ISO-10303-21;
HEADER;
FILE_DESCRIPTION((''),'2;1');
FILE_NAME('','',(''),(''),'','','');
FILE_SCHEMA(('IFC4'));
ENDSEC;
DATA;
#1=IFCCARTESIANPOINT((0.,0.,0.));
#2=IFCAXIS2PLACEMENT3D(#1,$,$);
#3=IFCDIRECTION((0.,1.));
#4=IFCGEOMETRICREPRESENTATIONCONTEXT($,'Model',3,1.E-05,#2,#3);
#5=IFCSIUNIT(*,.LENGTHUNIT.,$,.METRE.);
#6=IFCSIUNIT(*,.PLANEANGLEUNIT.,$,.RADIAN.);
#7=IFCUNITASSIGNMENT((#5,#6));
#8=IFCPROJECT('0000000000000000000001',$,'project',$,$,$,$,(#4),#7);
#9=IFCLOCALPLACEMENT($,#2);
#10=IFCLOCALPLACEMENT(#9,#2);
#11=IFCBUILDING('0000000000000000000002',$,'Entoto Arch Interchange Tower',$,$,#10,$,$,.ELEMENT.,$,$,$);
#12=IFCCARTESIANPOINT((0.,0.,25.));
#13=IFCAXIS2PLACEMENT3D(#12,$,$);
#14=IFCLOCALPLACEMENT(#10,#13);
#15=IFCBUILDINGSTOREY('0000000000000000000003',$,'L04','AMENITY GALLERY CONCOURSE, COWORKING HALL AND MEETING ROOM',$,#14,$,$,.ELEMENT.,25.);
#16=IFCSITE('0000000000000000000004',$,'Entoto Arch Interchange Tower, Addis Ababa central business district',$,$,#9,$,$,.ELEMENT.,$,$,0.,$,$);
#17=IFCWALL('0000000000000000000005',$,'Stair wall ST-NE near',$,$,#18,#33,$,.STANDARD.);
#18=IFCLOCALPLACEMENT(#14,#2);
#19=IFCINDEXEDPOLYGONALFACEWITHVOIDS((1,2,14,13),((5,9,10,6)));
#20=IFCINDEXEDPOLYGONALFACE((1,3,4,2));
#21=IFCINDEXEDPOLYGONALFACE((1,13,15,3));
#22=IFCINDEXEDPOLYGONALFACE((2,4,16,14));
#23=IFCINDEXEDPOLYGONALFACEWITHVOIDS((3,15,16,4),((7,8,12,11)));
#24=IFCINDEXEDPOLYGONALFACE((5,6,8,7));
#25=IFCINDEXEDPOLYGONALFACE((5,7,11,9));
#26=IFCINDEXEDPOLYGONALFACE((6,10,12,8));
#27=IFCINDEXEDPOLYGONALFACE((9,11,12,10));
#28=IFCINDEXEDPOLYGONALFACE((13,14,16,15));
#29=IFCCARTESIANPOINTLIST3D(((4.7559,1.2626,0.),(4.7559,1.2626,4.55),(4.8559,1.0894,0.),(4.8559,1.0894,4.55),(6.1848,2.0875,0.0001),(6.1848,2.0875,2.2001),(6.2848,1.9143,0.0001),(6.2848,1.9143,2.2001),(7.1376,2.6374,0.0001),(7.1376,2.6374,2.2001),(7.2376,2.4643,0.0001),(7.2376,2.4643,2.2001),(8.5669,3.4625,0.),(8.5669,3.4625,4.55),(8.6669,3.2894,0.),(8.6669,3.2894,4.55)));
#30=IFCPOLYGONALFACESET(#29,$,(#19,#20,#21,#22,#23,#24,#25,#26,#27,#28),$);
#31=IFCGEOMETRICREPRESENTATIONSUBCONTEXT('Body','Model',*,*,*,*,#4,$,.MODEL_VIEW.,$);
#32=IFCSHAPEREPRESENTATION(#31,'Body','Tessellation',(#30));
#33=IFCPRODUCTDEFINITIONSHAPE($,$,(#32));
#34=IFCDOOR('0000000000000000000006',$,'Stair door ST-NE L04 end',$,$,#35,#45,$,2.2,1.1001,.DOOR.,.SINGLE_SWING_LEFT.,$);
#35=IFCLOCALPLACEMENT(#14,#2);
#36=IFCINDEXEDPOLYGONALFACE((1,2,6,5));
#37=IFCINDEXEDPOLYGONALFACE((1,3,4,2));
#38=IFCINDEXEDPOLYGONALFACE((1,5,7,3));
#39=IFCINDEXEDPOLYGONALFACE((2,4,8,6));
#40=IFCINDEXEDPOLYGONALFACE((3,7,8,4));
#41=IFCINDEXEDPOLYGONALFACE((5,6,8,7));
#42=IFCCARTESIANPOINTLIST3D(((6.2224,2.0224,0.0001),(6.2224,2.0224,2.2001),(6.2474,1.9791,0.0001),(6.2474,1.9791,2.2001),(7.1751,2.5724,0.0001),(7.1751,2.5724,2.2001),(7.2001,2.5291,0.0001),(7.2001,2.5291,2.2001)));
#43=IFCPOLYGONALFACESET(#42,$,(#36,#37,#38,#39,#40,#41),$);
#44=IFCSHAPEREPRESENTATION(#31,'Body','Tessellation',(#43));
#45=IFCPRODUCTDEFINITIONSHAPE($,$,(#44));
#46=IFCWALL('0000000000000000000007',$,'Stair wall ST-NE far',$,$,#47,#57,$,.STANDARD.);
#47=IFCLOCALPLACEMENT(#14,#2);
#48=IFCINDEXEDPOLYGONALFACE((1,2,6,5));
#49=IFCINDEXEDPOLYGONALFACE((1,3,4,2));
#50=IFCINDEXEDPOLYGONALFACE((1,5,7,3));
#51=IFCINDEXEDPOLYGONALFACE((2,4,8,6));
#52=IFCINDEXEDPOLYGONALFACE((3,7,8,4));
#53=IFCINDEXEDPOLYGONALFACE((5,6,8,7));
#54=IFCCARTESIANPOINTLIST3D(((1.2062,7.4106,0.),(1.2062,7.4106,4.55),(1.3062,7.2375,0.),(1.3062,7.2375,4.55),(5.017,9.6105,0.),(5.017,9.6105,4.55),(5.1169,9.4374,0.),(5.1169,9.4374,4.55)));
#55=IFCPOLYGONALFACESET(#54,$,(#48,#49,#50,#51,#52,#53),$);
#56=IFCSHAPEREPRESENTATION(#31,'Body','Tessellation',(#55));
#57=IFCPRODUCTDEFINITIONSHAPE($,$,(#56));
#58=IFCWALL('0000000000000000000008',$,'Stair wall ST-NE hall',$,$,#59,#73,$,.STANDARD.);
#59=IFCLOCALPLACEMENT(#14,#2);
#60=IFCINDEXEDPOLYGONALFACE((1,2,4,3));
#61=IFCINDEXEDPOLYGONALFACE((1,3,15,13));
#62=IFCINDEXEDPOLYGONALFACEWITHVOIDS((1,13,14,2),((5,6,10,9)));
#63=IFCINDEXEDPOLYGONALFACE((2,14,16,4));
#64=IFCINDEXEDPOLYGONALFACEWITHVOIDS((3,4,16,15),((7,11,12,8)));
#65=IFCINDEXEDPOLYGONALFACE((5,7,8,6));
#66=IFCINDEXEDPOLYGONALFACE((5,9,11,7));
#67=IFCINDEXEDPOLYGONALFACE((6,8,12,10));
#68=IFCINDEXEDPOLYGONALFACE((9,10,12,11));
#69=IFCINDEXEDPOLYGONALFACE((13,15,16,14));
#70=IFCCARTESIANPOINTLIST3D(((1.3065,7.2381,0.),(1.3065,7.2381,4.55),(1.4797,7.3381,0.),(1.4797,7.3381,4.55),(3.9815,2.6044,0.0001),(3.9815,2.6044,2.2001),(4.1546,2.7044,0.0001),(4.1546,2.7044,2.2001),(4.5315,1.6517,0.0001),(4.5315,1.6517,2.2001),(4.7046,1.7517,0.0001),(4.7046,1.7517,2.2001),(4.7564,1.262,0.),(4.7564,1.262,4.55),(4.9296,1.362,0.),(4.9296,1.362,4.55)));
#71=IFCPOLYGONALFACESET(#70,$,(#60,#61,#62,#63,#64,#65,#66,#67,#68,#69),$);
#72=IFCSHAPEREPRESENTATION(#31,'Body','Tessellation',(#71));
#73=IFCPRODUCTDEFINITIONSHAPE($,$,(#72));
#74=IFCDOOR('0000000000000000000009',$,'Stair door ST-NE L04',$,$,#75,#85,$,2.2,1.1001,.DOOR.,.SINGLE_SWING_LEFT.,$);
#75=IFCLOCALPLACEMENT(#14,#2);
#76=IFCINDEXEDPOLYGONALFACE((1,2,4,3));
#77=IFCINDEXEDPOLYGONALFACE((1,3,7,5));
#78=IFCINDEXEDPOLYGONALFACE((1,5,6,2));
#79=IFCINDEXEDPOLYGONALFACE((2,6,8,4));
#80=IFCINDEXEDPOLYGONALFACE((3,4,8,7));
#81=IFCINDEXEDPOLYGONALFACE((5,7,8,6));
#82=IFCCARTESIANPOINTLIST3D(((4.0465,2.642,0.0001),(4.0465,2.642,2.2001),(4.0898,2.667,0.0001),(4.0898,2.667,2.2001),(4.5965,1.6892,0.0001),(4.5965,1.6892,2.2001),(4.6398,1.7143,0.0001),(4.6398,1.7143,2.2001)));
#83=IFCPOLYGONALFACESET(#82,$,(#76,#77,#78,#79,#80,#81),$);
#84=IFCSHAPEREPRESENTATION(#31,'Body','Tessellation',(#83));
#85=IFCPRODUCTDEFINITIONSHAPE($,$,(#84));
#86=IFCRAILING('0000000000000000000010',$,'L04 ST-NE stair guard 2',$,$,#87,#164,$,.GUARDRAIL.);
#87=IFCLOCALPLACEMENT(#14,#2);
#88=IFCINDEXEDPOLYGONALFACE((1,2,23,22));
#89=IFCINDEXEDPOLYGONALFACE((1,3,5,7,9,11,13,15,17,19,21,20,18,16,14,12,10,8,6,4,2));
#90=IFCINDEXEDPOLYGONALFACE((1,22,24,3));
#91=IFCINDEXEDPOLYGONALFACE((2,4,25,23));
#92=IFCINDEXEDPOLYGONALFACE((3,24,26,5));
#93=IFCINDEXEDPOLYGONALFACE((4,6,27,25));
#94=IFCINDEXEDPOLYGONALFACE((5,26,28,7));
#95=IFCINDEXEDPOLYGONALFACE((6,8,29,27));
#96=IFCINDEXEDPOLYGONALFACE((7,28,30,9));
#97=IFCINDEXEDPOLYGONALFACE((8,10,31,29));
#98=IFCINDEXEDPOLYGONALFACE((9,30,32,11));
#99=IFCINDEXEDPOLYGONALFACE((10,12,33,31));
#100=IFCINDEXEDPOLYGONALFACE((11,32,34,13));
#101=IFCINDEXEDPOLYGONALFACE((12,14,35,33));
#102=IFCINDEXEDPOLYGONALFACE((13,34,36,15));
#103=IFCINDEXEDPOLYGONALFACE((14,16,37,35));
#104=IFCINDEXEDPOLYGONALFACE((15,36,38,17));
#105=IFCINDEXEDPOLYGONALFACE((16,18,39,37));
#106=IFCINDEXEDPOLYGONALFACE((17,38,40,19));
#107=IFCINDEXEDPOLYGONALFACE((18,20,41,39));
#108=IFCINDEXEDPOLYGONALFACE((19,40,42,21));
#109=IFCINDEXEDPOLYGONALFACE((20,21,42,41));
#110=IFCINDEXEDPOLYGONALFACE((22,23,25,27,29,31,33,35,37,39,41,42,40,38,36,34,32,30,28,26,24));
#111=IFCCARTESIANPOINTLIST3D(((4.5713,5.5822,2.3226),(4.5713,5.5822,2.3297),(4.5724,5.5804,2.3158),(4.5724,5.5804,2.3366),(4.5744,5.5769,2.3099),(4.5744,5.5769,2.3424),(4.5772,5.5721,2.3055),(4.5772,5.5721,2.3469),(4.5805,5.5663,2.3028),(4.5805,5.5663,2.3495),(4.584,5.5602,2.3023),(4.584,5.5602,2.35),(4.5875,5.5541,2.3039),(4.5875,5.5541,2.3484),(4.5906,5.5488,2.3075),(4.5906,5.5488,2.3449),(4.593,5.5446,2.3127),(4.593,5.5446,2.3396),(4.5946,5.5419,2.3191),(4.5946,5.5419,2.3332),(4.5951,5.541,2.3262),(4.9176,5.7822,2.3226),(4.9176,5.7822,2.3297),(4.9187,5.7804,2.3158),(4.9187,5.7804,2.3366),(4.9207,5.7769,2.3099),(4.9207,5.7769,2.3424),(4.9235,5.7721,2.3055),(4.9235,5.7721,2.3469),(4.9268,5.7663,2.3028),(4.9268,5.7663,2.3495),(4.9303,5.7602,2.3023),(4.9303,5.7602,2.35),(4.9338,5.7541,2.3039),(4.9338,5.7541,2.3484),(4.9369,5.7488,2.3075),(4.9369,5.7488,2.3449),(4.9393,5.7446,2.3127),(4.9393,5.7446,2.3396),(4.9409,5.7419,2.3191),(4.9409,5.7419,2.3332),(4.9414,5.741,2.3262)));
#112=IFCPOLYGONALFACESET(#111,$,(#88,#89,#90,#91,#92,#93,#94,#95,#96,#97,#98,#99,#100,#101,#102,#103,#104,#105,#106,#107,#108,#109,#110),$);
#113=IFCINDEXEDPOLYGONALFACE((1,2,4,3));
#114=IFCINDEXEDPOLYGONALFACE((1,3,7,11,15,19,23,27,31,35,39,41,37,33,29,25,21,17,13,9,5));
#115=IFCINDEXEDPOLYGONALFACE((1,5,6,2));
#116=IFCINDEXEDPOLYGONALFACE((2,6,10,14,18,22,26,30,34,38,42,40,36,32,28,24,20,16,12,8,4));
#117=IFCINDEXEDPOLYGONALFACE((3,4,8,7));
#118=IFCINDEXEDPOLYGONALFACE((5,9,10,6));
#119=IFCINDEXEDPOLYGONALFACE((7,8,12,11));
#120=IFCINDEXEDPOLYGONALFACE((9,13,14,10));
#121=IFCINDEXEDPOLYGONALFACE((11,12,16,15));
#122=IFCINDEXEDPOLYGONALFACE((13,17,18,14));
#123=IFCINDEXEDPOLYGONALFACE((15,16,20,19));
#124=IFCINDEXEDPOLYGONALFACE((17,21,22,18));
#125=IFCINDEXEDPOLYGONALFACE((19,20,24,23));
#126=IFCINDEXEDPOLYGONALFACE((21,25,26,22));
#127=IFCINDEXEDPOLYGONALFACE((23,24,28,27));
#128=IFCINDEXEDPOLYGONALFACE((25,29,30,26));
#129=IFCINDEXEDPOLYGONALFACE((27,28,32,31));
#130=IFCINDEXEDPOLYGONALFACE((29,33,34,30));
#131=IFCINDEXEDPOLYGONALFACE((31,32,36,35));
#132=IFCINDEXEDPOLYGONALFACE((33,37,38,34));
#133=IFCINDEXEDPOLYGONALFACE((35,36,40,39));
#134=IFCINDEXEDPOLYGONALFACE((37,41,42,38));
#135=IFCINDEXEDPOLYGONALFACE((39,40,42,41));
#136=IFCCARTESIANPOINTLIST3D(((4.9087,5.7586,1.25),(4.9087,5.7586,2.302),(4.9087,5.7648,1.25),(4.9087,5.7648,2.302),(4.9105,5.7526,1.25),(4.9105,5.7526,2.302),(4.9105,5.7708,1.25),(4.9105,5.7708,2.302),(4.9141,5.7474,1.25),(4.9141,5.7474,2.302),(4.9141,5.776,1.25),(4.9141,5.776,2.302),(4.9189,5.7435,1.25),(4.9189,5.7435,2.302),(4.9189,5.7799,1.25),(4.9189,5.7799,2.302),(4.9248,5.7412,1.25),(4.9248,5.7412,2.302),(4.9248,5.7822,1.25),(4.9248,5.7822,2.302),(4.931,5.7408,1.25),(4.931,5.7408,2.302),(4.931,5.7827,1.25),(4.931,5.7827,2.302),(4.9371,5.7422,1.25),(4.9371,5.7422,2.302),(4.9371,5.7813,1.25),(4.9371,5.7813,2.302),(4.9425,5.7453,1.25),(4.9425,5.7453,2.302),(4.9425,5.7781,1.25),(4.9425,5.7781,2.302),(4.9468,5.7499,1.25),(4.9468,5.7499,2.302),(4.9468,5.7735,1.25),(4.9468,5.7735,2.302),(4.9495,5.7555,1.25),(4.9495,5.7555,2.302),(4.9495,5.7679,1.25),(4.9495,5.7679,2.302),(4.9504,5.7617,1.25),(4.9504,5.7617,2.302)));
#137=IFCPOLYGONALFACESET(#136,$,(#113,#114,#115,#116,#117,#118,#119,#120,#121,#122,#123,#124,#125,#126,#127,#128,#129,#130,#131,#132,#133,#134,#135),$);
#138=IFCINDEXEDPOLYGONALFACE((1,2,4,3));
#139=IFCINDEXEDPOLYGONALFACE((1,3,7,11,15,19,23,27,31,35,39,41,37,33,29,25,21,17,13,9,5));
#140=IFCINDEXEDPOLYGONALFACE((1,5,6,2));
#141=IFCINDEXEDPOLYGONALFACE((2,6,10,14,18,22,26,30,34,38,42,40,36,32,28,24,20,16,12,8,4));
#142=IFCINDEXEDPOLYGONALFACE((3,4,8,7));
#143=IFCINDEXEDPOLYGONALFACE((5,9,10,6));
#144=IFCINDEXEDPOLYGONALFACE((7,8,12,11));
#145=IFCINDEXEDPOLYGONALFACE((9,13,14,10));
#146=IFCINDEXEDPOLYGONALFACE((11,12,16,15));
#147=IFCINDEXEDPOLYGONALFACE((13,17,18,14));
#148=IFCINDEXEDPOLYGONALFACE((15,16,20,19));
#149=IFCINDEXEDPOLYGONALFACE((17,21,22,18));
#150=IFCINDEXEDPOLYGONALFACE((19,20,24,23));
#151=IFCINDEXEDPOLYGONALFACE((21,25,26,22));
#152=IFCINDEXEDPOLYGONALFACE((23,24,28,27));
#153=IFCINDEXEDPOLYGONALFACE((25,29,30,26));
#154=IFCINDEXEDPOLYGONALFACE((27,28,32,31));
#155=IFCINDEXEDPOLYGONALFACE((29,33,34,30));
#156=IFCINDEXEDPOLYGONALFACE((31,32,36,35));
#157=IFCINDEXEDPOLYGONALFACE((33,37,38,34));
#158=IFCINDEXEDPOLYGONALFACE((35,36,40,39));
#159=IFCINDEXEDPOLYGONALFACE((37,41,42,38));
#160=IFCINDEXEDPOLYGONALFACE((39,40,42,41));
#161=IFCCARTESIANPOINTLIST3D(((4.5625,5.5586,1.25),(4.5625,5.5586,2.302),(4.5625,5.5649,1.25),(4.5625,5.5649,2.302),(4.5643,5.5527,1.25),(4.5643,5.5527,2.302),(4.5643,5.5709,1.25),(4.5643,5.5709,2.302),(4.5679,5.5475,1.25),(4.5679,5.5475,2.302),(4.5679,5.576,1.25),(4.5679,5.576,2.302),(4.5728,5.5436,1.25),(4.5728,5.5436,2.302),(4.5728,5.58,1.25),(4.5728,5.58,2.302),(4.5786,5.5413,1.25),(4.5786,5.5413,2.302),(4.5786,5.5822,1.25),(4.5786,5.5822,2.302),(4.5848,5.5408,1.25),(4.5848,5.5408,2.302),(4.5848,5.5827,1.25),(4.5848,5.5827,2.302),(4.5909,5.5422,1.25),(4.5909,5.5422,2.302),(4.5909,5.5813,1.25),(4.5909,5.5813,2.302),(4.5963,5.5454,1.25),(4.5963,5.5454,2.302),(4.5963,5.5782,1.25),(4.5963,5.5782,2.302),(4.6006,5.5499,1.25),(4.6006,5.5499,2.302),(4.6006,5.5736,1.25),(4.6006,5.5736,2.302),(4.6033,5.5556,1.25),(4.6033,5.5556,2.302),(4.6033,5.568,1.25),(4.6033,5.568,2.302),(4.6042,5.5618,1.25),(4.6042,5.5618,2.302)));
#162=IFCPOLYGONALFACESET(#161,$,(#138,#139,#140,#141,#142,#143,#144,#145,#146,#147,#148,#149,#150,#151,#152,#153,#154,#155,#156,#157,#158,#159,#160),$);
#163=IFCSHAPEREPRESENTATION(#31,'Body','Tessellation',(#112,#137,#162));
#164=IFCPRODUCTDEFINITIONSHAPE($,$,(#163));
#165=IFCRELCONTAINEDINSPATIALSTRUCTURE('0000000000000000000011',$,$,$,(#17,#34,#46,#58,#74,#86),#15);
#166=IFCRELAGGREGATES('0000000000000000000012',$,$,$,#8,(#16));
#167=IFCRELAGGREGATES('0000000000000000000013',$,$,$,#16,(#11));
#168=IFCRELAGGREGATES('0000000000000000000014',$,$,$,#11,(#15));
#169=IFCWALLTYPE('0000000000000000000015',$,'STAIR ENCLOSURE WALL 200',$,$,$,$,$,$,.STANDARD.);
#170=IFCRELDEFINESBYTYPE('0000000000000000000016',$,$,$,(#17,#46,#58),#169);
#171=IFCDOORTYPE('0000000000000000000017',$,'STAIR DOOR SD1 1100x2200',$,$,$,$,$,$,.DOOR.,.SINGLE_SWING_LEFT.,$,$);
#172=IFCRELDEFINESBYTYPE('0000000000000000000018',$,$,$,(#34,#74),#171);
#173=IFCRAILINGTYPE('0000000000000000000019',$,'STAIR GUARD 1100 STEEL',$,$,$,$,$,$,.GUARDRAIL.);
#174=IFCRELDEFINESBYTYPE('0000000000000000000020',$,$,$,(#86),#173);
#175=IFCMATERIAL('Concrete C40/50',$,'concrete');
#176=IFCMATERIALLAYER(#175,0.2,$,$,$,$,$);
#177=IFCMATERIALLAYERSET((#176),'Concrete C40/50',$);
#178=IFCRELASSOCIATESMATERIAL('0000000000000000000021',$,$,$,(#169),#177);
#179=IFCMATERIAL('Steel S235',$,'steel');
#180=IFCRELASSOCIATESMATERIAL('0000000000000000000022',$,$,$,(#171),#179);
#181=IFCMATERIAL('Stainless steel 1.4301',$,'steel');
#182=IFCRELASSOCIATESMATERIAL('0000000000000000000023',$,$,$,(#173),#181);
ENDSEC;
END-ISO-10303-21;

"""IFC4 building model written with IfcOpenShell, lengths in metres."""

from ifc_helpers import new_model, si_unit, direction, frame, frame_2d, origin, origin_2d, place, context, subcontext, project, spatial, rectangle, circle, extrude, material, layer, layer_set, type_object, element, fill, save


model = new_model("IFC4")

# Units and contexts
model_context = context("Model", 3, precision=1e-05, world=origin(), true_north=direction((0.0, 1.0)))
body_context = subcontext(model_context, "Body", "Model", "MODEL_VIEW")
ifc_project = project(units=[si_unit("LENGTHUNIT", "METRE"), si_unit("PLANEANGLEUNIT", "RADIAN")], contexts=[model_context])

# Site, building, storey
site_placement = place(None, origin())
site = spatial("IfcSite", under=ifc_project, at=site_placement, Name="Entoto Arch Interchange Tower, Addis Ababa central business district", CompositionType="ELEMENT", RefElevation=0.0)
building_placement = place(site_placement, origin())
building = spatial("IfcBuilding", under=site, at=building_placement, Name="Entoto Arch Interchange Tower", CompositionType="ELEMENT")
storey_placement = place(building_placement, frame((0.0, 0.0, 25.0)))
storey = spatial("IfcBuildingStorey", under=building, at=storey_placement, Name="L04", Description="AMENITY GALLERY CONCOURSE, COWORKING HALL AND MEETING ROOM", CompositionType="ELEMENT", Elevation=25.0)

# Shared definitions
ifc_material_1 = material(Name="Concrete C40/50", Category="concrete")

# Wall, opening, door
ifc_layer_1 = layer(ifc_material_1, 0.2)
ifc_layer_set_1 = layer_set([ifc_layer_1], Name="Concrete C40/50")
wall_type_1 = type_object("IfcWallType", Name="STAIR ENCLOSURE WALL 200", PredefinedType="STANDARD", material=ifc_layer_set_1)
wall_1_placement = place(storey_placement, frame((4.8059, 1.176, 0.0), z_axis=(0.0, 0.0, 1.0), x_axis=(0.86606, 0.49994, 0.0)))
wall_1 = element("IfcWall", 1, at=wall_1_placement, inside=storey, type_object=wall_type_1, Name="Stair wall ST-NE near", PredefinedType="STANDARD", context=body_context, shape_type="SweptSolid", body=[
    extrude(rectangle(XDim=4.4004, YDim=0.2, at=frame_2d((2.2002, 0.0))), origin(), (0.0, 0.0, 1.0), 4.55),
])
opening_1_placement = place(wall_1_placement, frame((1.6499, 0.0, 0.0)))
opening_1 = element("IfcOpeningElement", 2, at=opening_1_placement, cuts=wall_1, PredefinedType="OPENING", context=body_context, shape_type="SweptSolid", body=[
    extrude(rectangle(XDim=1.1001, YDim=2.2, at=frame_2d((0.55, 1.1001))), frame((0.0, 0.1099, 0.0), z_axis=(0.0, -1.0, 0.0), x_axis=(1.0, 0.0, 0.0)), (0.0, 0.0, 1.0), 0.22),
])
ifc_material_2 = material(Name="Steel S235", Category="steel")
door_type = type_object("IfcDoorType", Name="STAIR DOOR SD1 1100x2200", OperationType="SINGLE_SWING_LEFT", PredefinedType="DOOR", material=ifc_material_2)
door_1_placement = place(opening_1_placement, origin())
door_1 = element("IfcDoor", 3, at=door_1_placement, inside=storey, type_object=door_type, Name="Stair door ST-NE L04 end", OperationType="SINGLE_SWING_LEFT", OverallHeight=2.2, OverallWidth=1.1001, PredefinedType="DOOR", context=body_context, shape_type="SweptSolid", body=[
    extrude(rectangle(XDim=1.1001, YDim=2.2, at=frame_2d((0.55, 1.1001))), frame((0.0, 0.0249, 0.0), z_axis=(0.0, -1.0, 0.0), x_axis=(1.0, 0.0, 0.0)), (0.0, 0.0, 1.0), 0.05),
])
fill(opening_1, door_1)

# Wall
wall_2_placement = place(storey_placement, frame((1.2561, 7.324, 0.0), z_axis=(0.0, 0.0, 1.0), x_axis=(0.866046, 0.499964, 0.0)))
element("IfcWall", 4, at=wall_2_placement, inside=storey, type_object=wall_type_1, Name="Stair wall ST-NE far", PredefinedType="STANDARD", context=body_context, shape_type="SweptSolid", body=[
    extrude(rectangle(XDim=4.4001, YDim=0.2, at=frame_2d((2.2002, 0.0))), origin(), (0.0, 0.0, 1.0), 4.55),
])

# Wall, opening, door
wall_3_placement = place(storey_placement, frame((4.843, 1.312, 0.0), z_axis=(0.0, 0.0, 1.0), x_axis=(-0.499963, 0.866047, 0.0)))
wall_3 = element("IfcWall", 5, at=wall_3_placement, inside=storey, type_object=wall_type_1, Name="Stair wall ST-NE hall", PredefinedType="STANDARD", context=body_context, shape_type="SweptSolid", body=[
    extrude(rectangle(XDim=6.9004, YDim=0.2, at=frame_2d((3.4502, 0.0))), origin(), (0.0, 0.0, 1.0), 4.55),
])
opening_2_placement = place(wall_3_placement, frame((0.45, 0.0, 0.0)))
opening_2 = element("IfcOpeningElement", 6, at=opening_2_placement, cuts=wall_3, PredefinedType="OPENING", context=body_context, shape_type="SweptSolid", body=[
    extrude(rectangle(XDim=1.1001, YDim=2.2, at=frame_2d((0.55, 1.1001))), frame((0.0, 0.1099, 0.0), z_axis=(0.0, -1.0, 0.0), x_axis=(1.0, 0.0, 0.0)), (0.0, 0.0, 1.0), 0.22),
])
door_2_placement = place(opening_2_placement, origin())
door_2 = element("IfcDoor", 7, at=door_2_placement, inside=storey, type_object=door_type, Name="Stair door ST-NE L04", OperationType="SINGLE_SWING_LEFT", OverallHeight=2.2, OverallWidth=1.1001, PredefinedType="DOOR", context=body_context, shape_type="SweptSolid", body=[
    extrude(rectangle(XDim=1.1001, YDim=2.2, at=frame_2d((0.55, 1.1001))), frame((0.0, 0.0249, 0.0), z_axis=(0.0, -1.0, 0.0), x_axis=(1.0, 0.0, 0.0)), (0.0, 0.0, 1.0), 0.05),
])
fill(opening_2, door_2)

# Railing
ifc_material_3 = material(Name="Stainless steel 1.4301", Category="steel")
railing_type_1 = type_object("IfcRailingType", Name="STAIR GUARD 1100 STEEL", PredefinedType="GUARDRAIL", material=ifc_material_3)
railing_1_placement = place(storey_placement, frame((4.9294, 5.7617, 1.25)))
element("IfcRailing", 8, at=railing_1_placement, inside=storey, type_object=railing_type_1, Name="L04 ST-NE stair guard 2", PredefinedType="GUARDRAIL", context=body_context, shape_type="SweptSolid", body=[
    extrude(circle(Radius=0.0239, at=origin_2d()), frame((0.0, 0.0, 1.0762), z_axis=(-0.865941, -0.500145, 0.0), x_axis=(0.500145, -0.865941, 0.0)), (0.0, 0.0, 1.0), 0.3999),
    extrude(circle(Radius=0.021, at=origin_2d()), origin(), (0.0, 0.0, 1.0), 1.052),
    extrude(circle(Radius=0.021, at=origin_2d()), frame((-0.3462, -0.2, 0.0)), (0.0, 0.0, 1.0), 1.052),
])

save(model, "model.ifc")
